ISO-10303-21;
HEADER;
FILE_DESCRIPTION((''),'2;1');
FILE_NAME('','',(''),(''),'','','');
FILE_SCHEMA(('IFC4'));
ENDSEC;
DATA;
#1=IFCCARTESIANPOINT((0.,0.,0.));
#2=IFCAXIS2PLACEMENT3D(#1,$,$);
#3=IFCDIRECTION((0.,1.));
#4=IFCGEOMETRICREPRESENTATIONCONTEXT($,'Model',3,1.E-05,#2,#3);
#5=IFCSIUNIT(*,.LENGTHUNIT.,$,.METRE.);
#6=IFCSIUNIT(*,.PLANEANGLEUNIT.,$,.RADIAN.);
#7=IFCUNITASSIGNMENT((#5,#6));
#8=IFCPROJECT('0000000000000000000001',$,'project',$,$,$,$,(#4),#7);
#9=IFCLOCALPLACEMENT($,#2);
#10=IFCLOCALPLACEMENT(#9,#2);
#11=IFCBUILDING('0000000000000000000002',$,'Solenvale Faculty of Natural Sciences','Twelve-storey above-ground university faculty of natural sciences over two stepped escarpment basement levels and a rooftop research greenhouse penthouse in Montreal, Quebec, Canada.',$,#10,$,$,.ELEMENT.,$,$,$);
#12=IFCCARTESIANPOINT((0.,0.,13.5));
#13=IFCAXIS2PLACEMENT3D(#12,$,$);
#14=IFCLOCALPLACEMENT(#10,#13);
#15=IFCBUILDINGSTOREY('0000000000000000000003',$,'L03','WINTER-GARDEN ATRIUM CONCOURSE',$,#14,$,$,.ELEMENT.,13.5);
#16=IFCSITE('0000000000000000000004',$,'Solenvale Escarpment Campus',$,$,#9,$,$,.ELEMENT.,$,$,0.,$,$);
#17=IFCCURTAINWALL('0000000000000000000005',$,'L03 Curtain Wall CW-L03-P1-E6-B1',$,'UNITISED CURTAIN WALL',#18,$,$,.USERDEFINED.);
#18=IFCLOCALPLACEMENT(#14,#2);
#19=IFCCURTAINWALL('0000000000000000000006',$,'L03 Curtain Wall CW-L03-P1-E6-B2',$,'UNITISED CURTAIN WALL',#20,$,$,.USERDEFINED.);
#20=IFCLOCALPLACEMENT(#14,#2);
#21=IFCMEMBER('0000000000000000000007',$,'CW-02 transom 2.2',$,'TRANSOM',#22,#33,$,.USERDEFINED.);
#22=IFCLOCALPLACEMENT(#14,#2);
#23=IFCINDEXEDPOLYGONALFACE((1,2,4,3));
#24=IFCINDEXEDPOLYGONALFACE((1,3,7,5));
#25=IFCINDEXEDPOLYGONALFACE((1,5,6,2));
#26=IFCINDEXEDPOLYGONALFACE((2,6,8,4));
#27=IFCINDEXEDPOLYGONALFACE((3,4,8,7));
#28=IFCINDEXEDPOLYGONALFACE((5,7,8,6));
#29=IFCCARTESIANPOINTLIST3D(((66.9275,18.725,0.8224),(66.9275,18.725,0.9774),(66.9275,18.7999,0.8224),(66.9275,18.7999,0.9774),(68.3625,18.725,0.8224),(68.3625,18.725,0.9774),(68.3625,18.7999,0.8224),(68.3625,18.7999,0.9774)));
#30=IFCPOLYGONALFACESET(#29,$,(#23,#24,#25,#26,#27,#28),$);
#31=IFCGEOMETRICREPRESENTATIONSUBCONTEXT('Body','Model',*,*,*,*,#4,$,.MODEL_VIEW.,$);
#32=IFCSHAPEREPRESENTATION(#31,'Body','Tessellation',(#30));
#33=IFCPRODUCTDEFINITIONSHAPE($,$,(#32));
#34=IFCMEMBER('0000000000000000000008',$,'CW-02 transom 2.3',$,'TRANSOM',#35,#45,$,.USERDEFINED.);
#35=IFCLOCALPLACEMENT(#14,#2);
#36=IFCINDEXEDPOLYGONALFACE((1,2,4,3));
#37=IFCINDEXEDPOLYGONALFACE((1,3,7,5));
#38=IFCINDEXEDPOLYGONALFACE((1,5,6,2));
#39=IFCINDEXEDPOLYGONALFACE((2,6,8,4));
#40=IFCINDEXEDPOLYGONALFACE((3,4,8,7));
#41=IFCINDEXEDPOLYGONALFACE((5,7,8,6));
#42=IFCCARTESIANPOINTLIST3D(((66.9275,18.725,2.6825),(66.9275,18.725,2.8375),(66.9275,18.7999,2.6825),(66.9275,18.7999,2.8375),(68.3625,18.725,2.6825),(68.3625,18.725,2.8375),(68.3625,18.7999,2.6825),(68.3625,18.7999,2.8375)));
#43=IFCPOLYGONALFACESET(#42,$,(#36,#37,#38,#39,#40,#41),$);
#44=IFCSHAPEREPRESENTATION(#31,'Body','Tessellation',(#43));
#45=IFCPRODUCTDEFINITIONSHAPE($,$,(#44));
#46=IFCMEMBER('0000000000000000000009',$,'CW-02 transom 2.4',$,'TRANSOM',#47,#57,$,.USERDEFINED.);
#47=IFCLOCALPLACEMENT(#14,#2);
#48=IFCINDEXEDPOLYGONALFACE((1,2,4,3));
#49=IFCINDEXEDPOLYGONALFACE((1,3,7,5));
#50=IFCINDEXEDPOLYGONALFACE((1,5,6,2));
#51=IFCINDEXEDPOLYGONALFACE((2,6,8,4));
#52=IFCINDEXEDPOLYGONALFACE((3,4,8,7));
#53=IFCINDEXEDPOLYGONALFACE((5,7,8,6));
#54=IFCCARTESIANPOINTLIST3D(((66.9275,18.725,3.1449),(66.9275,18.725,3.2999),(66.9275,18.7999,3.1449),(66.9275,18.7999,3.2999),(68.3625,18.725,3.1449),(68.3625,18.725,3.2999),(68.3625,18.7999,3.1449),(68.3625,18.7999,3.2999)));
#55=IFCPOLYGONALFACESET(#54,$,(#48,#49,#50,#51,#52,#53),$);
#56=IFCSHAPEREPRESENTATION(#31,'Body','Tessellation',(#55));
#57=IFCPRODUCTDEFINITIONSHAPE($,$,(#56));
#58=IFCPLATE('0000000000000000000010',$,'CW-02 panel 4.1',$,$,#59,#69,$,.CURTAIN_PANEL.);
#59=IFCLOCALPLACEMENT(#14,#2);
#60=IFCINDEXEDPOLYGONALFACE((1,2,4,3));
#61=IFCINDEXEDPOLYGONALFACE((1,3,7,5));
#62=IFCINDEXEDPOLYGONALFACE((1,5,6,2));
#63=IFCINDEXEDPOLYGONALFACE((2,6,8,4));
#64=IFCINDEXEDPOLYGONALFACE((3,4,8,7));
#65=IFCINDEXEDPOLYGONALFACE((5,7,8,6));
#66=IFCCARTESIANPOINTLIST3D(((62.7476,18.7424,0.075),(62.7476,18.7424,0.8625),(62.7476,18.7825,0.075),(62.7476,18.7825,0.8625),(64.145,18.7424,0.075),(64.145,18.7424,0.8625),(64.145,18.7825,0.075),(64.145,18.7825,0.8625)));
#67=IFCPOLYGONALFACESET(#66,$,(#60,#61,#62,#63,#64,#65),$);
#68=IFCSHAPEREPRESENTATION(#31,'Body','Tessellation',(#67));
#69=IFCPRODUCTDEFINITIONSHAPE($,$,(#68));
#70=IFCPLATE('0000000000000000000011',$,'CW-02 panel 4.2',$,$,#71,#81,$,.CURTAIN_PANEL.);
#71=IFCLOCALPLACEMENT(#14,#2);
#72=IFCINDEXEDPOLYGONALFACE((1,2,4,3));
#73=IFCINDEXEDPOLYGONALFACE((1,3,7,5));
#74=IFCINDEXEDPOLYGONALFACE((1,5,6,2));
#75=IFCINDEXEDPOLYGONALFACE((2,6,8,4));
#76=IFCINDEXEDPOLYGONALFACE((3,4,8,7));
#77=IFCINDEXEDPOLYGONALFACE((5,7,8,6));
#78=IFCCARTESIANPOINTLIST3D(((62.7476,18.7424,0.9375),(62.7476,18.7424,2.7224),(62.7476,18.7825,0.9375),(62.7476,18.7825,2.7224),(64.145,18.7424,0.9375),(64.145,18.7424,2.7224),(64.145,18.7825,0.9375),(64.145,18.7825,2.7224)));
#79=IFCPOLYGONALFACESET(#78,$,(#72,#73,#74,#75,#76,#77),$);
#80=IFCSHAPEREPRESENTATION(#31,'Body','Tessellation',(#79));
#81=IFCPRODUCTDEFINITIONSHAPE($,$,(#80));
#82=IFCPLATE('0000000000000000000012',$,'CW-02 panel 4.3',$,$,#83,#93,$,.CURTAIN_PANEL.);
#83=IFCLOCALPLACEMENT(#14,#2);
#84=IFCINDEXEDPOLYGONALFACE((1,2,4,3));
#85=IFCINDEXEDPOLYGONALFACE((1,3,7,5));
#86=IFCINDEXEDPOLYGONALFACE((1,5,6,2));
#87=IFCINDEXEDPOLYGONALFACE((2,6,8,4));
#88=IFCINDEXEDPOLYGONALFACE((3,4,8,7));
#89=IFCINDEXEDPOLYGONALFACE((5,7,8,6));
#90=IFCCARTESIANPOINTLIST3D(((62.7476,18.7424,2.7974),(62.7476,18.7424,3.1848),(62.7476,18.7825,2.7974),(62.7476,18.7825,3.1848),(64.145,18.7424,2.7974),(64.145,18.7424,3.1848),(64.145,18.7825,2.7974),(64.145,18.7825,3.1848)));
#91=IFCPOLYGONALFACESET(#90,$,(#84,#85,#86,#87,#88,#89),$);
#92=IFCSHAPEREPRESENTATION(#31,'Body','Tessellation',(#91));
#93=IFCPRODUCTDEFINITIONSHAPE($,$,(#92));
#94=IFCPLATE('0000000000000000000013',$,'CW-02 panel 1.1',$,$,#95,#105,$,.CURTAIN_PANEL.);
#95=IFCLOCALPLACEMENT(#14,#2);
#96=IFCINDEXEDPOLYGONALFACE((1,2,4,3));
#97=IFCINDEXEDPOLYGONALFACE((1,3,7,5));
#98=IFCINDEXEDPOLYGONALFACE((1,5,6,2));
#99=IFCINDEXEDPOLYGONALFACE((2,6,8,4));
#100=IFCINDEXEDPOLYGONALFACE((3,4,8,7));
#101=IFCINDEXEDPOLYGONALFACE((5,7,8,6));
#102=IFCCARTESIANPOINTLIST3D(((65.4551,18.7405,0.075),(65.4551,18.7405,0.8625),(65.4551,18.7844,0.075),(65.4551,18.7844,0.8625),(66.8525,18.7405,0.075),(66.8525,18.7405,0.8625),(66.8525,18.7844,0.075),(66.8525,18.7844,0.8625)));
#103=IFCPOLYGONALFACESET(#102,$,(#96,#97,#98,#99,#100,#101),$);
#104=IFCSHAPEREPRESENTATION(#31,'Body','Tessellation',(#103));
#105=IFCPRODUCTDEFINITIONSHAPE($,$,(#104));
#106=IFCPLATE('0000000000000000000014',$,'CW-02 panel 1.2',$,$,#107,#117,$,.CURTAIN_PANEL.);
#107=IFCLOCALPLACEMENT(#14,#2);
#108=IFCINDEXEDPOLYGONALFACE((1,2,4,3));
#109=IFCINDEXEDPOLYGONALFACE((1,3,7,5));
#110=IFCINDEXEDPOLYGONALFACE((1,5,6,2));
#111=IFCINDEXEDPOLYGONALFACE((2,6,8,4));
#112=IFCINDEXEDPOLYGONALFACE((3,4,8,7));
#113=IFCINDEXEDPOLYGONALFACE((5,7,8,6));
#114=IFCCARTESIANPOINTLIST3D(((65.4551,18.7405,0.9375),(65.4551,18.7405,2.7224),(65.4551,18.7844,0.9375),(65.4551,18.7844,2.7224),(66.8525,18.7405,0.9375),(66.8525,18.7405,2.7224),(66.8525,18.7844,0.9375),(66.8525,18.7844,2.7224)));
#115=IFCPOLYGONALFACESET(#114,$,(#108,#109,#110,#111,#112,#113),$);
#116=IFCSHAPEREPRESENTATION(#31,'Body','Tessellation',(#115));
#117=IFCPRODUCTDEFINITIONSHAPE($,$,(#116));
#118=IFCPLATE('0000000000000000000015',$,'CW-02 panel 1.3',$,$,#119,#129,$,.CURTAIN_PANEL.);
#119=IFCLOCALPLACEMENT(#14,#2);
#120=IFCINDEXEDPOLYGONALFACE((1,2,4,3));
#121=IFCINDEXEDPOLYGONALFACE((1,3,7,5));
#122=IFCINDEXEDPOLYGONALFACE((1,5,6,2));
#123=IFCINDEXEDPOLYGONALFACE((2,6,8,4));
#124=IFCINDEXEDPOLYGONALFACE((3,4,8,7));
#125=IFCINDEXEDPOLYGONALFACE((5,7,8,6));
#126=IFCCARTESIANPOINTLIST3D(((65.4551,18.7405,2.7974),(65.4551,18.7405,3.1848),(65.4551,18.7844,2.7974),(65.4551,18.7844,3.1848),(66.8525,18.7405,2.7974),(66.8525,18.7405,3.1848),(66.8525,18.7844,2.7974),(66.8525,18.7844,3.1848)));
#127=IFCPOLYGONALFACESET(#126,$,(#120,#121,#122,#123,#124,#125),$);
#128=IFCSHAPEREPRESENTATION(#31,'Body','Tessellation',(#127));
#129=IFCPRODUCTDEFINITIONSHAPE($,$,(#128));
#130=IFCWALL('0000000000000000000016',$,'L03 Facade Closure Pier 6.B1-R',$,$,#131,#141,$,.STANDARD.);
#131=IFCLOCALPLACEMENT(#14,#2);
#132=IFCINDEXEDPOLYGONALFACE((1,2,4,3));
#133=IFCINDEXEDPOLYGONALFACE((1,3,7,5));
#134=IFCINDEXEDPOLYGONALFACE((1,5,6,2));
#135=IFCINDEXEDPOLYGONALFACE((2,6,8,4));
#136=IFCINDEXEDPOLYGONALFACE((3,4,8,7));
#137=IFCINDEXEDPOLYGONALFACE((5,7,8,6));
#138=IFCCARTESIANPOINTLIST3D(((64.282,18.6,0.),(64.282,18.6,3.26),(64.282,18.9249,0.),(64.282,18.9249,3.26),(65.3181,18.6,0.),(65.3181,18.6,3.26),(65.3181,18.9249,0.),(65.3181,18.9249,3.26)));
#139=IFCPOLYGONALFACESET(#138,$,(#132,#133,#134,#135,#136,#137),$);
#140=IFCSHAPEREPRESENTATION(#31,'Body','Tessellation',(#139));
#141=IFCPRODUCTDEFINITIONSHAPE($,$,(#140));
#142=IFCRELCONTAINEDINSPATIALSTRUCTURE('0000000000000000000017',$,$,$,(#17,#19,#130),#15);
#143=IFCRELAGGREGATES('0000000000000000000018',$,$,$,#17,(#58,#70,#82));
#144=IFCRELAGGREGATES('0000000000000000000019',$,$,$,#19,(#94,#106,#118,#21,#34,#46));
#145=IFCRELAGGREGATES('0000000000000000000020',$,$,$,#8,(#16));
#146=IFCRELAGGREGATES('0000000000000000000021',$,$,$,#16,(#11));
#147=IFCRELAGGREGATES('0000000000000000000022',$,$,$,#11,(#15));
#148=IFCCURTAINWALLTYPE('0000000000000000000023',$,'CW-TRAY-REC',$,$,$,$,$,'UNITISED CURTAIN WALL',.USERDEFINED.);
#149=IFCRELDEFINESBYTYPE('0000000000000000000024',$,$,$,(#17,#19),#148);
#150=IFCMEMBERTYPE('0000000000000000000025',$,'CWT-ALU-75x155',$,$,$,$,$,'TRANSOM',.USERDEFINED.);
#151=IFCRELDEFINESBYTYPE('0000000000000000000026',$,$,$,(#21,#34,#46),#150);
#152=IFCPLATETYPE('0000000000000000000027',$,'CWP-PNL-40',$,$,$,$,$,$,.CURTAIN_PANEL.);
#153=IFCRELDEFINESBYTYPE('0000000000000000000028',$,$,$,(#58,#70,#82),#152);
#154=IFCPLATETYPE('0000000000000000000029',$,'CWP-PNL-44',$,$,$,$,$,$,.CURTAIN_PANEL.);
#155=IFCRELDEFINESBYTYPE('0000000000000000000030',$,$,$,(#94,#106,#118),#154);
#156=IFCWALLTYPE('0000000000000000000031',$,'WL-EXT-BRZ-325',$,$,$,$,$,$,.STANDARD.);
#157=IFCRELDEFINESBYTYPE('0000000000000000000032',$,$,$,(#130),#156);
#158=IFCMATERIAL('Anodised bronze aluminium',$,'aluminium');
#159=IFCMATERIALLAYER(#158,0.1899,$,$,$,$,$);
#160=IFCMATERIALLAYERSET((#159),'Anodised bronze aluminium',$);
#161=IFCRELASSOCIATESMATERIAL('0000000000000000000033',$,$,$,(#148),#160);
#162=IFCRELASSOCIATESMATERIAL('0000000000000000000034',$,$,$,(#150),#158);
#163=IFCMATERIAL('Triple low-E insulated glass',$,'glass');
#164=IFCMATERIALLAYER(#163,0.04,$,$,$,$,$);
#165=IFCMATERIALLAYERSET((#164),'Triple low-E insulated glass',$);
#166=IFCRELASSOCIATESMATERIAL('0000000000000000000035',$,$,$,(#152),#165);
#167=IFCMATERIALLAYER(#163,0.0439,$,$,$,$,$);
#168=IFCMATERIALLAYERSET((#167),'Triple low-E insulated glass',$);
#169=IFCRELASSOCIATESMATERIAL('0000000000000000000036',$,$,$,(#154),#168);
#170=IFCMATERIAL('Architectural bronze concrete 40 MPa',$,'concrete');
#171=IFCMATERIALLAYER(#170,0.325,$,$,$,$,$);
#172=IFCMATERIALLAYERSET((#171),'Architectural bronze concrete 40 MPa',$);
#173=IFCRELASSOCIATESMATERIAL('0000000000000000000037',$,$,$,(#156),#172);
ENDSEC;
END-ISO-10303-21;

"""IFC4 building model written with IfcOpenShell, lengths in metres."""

from ifc_helpers import new_model, si_unit, direction, frame, frame_2d, origin, origin_2d, place, context, subcontext, project, spatial, rectangle, extrude, material, layer, layer_set, material_profile, profile_set, type_object, element, aggregate, save


model = new_model("IFC4")

# Units and contexts
model_context = context("Model", 3, precision=1e-05, world=origin(), true_north=direction((0.0, 1.0)))
body_context = subcontext(model_context, "Body", "Model", "MODEL_VIEW")
ifc_project = project(units=[si_unit("LENGTHUNIT", "METRE"), si_unit("PLANEANGLEUNIT", "RADIAN")], contexts=[model_context])

# Site, building, storey
site_placement = place(None, origin())
site = spatial("IfcSite", under=ifc_project, at=site_placement, Name="Solenvale Escarpment Campus", CompositionType="ELEMENT", RefElevation=0.0)
building_placement = place(site_placement, origin())
building = spatial("IfcBuilding", under=site, at=building_placement, Name="Solenvale Faculty of Natural Sciences", Description="Twelve-storey above-ground university faculty of natural sciences over two stepped escarpment basement levels and a rooftop research greenhouse penthouse in Montreal, Quebec, Canada.", CompositionType="ELEMENT")
storey_placement = place(building_placement, frame((0.0, 0.0, 13.5)))
storey = spatial("IfcBuildingStorey", under=building, at=storey_placement, Name="L03", Description="WINTER-GARDEN ATRIUM CONCOURSE", CompositionType="ELEMENT", Elevation=13.5)

# Shared definitions
ifc_material_1 = material(Name="Architectural bronze concrete 40 MPa", Category="concrete")

# Curtain walls
ifc_material_2 = material(Name="Anodised bronze aluminium", Category="aluminium")
ifc_layer_1 = layer(ifc_material_2, 0.1899)
ifc_layer_set_1 = layer_set([ifc_layer_1], Name="Anodised bronze aluminium")
curtain_wall_type = type_object("IfcCurtainWallType", Name="CW-TRAY-REC", ElementType="UNITISED CURTAIN WALL", PredefinedType="USERDEFINED", material=ifc_layer_set_1)
curtain_wall_1_placement = place(storey_placement, origin())
curtain_wall_1 = element("IfcCurtainWall", 1, at=curtain_wall_1_placement, inside=storey, type_object=curtain_wall_type, Name="L03 Curtain Wall CW-L03-P1-E6-B1", ObjectType="UNITISED CURTAIN WALL", PredefinedType="USERDEFINED")
curtain_wall_2_placement = place(storey_placement, origin())
curtain_wall_2 = element("IfcCurtainWall", 2, at=curtain_wall_2_placement, inside=storey, type_object=curtain_wall_type, Name="L03 Curtain Wall CW-L03-P1-E6-B2", ObjectType="UNITISED CURTAIN WALL", PredefinedType="USERDEFINED")

# Members
ifc_material_profile_1 = material_profile(ifc_material_2, rectangle(XDim=0.075, YDim=0.155, at=origin_2d()), Name="ALU-TRN-75x155")
ifc_profile_set_1 = profile_set([ifc_material_profile_1], Name="Anodised bronze aluminium")
member_type_1 = type_object("IfcMemberType", Name="CWT-ALU-75x155", ElementType="TRANSOM", PredefinedType="USERDEFINED", material=ifc_profile_set_1)
member_1_placement = place(storey_placement, frame((66.9275, 18.7625, 0.8999), z_axis=(1.0, 0.0, 0.0), x_axis=(0.0, 1.0, 0.0)))
member_1 = element("IfcMember", 3, at=member_1_placement, type_object=member_type_1, Name="CW-02 transom 2.2", ObjectType="TRANSOM", PredefinedType="USERDEFINED", context=body_context, shape_type="SweptSolid", body=[
    extrude(rectangle(XDim=0.075, YDim=0.155, at=origin_2d()), origin(), (0.0, 0.0, 1.0), 1.4351),
])
member_2_placement = place(storey_placement, frame((66.9275, 18.7625, 2.76), z_axis=(1.0, 0.0, 0.0), x_axis=(0.0, 1.0, 0.0)))
member_2 = element("IfcMember", 4, at=member_2_placement, type_object=member_type_1, Name="CW-02 transom 2.3", ObjectType="TRANSOM", PredefinedType="USERDEFINED", context=body_context, shape_type="SweptSolid", body=[
    extrude(rectangle(XDim=0.075, YDim=0.155, at=origin_2d()), origin(), (0.0, 0.0, 1.0), 1.4351),
])
member_3_placement = place(storey_placement, frame((66.9275, 18.7625, 3.2224), z_axis=(1.0, 0.0, 0.0), x_axis=(0.0, 1.0, 0.0)))
member_3 = element("IfcMember", 5, at=member_3_placement, type_object=member_type_1, Name="CW-02 transom 2.4", ObjectType="TRANSOM", PredefinedType="USERDEFINED", context=body_context, shape_type="SweptSolid", body=[
    extrude(rectangle(XDim=0.075, YDim=0.155, at=origin_2d()), origin(), (0.0, 0.0, 1.0), 1.4351),
])

# Plates
ifc_material_3 = material(Name="Triple low-E insulated glass", Category="glass")
ifc_layer_2 = layer(ifc_material_3, 0.04)
ifc_layer_set_2 = layer_set([ifc_layer_2], Name="Triple low-E insulated glass")
plate_type_1 = type_object("IfcPlateType", Name="CWP-PNL-40", PredefinedType="CURTAIN_PANEL", material=ifc_layer_set_2)
plate_1_placement = place(storey_placement, frame((63.4463, 18.7625, 0.075), z_axis=(0.0, 0.0, 1.0), x_axis=(1.0, 0.0, 0.0)))
plate_1 = element("IfcPlate", 6, at=plate_1_placement, type_object=plate_type_1, Name="CW-02 panel 4.1", PredefinedType="CURTAIN_PANEL", context=body_context, shape_type="SweptSolid", body=[
    extrude(rectangle(XDim=1.3975, YDim=0.04, at=origin_2d()), origin(), (0.0, 0.0, 1.0), 0.7876),
])
plate_2_placement = place(storey_placement, frame((63.4463, 18.7625, 0.9375), z_axis=(0.0, 0.0, 1.0), x_axis=(1.0, 0.0, 0.0)))
plate_2 = element("IfcPlate", 7, at=plate_2_placement, type_object=plate_type_1, Name="CW-02 panel 4.2", PredefinedType="CURTAIN_PANEL", context=body_context, shape_type="SweptSolid", body=[
    extrude(rectangle(XDim=1.3975, YDim=0.04, at=origin_2d()), origin(), (0.0, 0.0, 1.0), 1.7849),
])
plate_3_placement = place(storey_placement, frame((63.4463, 18.7625, 2.7974), z_axis=(0.0, 0.0, 1.0), x_axis=(1.0, 0.0, 0.0)))
plate_3 = element("IfcPlate", 8, at=plate_3_placement, type_object=plate_type_1, Name="CW-02 panel 4.3", PredefinedType="CURTAIN_PANEL", context=body_context, shape_type="SweptSolid", body=[
    extrude(rectangle(XDim=1.3975, YDim=0.04, at=origin_2d()), origin(), (0.0, 0.0, 1.0), 0.3875),
])
aggregate(curtain_wall_1, [plate_1, plate_2, plate_3])
ifc_layer_3 = layer(ifc_material_3, 0.0439)
ifc_layer_set_3 = layer_set([ifc_layer_3], Name="Triple low-E insulated glass")
plate_type_2 = type_object("IfcPlateType", Name="CWP-PNL-44", PredefinedType="CURTAIN_PANEL", material=ifc_layer_set_3)
plate_4_placement = place(storey_placement, frame((66.1538, 18.7625, 0.075), z_axis=(0.0, 0.0, 1.0), x_axis=(1.0, 0.0, 0.0)))
plate_4 = element("IfcPlate", 9, at=plate_4_placement, type_object=plate_type_2, Name="CW-02 panel 1.1", PredefinedType="CURTAIN_PANEL", context=body_context, shape_type="SweptSolid", body=[
    extrude(rectangle(XDim=1.3975, YDim=0.0439, at=origin_2d()), origin(), (0.0, 0.0, 1.0), 0.7876),
])
plate_5_placement = place(storey_placement, frame((66.1538, 18.7625, 0.9375), z_axis=(0.0, 0.0, 1.0), x_axis=(1.0, 0.0, 0.0)))
plate_5 = element("IfcPlate", 10, at=plate_5_placement, type_object=plate_type_2, Name="CW-02 panel 1.2", PredefinedType="CURTAIN_PANEL", context=body_context, shape_type="SweptSolid", body=[
    extrude(rectangle(XDim=1.3975, YDim=0.0439, at=origin_2d()), origin(), (0.0, 0.0, 1.0), 1.7849),
])
plate_6_placement = place(storey_placement, frame((66.1538, 18.7625, 2.7974), z_axis=(0.0, 0.0, 1.0), x_axis=(1.0, 0.0, 0.0)))
plate_6 = element("IfcPlate", 11, at=plate_6_placement, type_object=plate_type_2, Name="CW-02 panel 1.3", PredefinedType="CURTAIN_PANEL", context=body_context, shape_type="SweptSolid", body=[
    extrude(rectangle(XDim=1.3975, YDim=0.0439, at=origin_2d()), origin(), (0.0, 0.0, 1.0), 0.3875),
])
aggregate(curtain_wall_2, [plate_4, plate_5, plate_6, member_1, member_2, member_3])

# Wall
ifc_layer_4 = layer(ifc_material_1, 0.325)
ifc_layer_set_4 = layer_set([ifc_layer_4], Name="Architectural bronze concrete 40 MPa")
wall_type = type_object("IfcWallType", Name="WL-EXT-BRZ-325", PredefinedType="STANDARD", material=ifc_layer_set_4)
wall_placement = place(storey_placement, frame((64.282, 18.7625, 0.0), z_axis=(0.0, 0.0, 1.0), x_axis=(1.0, 0.0, 0.0)))
element("IfcWall", 12, at=wall_placement, inside=storey, type_object=wall_type, Name="L03 Facade Closure Pier 6.B1-R", PredefinedType="STANDARD", context=body_context, shape_type="SweptSolid", body=[
    extrude(rectangle(XDim=1.0361, YDim=0.325, at=frame_2d((0.5181, 0.0))), origin(), (0.0, 0.0, 1.0), 3.26),
])

save(model, "model.ifc")
